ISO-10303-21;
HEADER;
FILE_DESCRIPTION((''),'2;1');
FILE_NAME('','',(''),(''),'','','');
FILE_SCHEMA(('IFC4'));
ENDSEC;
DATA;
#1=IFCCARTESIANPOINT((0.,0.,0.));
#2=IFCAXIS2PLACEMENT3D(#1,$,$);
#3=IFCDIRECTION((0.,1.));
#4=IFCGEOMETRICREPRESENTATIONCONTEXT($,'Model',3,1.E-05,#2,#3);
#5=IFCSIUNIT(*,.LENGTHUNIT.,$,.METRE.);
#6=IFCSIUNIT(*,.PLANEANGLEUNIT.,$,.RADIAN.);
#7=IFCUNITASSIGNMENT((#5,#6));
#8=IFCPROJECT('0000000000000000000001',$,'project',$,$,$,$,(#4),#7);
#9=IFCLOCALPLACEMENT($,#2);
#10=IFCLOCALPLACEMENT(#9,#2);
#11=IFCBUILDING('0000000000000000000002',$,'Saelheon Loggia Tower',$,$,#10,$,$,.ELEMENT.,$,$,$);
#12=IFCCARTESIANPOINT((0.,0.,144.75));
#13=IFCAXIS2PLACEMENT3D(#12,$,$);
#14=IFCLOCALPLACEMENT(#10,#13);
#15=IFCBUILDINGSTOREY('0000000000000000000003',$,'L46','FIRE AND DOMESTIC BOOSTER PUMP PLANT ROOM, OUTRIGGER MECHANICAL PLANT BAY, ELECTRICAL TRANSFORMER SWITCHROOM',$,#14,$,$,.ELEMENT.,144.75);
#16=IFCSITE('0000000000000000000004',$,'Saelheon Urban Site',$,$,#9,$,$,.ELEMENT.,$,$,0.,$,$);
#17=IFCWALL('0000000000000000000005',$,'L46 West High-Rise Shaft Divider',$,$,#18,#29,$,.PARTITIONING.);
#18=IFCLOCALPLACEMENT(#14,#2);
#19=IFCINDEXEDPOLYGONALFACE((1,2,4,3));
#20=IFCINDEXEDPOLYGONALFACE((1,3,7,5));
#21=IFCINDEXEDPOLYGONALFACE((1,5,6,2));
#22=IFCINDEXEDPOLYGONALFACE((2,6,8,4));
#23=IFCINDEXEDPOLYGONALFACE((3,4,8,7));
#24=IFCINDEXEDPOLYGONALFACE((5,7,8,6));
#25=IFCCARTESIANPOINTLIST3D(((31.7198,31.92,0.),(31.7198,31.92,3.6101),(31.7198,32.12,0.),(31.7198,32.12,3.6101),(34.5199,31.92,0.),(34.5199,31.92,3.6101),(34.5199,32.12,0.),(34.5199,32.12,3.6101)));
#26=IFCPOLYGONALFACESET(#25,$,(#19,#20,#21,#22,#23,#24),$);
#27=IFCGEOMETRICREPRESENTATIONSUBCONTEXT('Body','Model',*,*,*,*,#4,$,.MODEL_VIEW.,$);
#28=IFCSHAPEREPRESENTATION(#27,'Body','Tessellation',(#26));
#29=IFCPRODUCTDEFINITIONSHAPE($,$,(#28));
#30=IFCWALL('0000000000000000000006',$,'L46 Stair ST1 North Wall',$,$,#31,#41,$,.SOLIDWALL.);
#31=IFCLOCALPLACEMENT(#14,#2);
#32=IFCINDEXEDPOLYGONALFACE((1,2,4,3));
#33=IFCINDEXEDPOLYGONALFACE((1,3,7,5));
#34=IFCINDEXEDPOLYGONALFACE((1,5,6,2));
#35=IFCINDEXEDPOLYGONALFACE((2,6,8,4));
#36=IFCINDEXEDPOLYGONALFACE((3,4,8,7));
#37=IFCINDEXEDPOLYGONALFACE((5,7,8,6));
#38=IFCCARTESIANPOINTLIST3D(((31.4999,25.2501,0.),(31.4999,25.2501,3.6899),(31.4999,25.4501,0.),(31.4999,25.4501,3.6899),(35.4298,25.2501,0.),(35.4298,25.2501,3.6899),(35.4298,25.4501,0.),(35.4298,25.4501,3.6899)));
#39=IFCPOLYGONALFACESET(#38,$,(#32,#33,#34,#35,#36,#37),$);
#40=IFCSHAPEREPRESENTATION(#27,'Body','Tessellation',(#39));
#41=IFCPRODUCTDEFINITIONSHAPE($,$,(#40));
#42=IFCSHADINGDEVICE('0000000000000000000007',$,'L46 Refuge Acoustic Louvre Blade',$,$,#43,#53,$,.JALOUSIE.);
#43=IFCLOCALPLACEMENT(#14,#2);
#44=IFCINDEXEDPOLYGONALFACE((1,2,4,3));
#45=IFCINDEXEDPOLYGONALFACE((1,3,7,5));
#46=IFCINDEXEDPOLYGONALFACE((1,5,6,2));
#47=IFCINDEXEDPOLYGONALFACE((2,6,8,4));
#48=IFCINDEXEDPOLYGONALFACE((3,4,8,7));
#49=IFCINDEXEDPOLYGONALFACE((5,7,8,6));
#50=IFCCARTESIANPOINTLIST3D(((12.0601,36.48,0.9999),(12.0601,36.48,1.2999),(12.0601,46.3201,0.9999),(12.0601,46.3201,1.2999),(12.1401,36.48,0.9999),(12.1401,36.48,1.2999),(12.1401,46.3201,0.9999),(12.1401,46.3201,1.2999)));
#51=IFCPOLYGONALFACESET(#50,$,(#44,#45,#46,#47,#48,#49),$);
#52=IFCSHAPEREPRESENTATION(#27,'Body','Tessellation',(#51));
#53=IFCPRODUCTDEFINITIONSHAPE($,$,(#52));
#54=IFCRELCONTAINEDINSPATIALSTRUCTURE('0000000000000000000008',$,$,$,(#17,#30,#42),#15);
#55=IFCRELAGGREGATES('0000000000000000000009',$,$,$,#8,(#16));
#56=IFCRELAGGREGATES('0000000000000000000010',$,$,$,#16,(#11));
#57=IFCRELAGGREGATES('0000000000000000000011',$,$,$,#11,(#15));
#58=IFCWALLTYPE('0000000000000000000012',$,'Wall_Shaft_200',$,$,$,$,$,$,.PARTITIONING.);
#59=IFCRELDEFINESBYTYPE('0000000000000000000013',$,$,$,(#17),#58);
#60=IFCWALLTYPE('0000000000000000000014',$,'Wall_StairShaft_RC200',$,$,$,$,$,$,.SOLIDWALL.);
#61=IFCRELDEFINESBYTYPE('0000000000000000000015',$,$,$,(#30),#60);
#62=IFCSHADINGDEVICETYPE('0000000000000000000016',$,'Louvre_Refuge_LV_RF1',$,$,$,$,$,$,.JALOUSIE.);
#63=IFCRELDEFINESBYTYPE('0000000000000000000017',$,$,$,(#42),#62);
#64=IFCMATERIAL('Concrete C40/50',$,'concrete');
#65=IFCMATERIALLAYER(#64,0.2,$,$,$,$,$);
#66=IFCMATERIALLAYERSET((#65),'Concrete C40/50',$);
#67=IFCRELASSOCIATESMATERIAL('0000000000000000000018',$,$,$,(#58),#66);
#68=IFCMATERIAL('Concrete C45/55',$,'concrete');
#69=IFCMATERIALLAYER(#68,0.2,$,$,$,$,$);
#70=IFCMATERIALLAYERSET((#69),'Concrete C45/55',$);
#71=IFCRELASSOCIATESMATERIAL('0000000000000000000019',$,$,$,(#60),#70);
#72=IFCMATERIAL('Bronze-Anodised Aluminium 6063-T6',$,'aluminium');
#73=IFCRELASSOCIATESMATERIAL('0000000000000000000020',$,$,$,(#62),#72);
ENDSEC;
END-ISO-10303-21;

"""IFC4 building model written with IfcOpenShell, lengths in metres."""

from ifc_helpers import new_model, si_unit, direction, frame, frame_2d, origin, origin_2d, place, context, subcontext, project, spatial, rectangle, extrude, source, transform, mapped, material, layer, layer_set, material_profile, profile_set, type_object, element, save


model = new_model("IFC4")

# Units and contexts
model_context = context("Model", 3, precision=1e-05, world=origin(), true_north=direction((0.0, 1.0)))
body_context = subcontext(model_context, "Body", "Model", "MODEL_VIEW")
ifc_project = project(units=[si_unit("LENGTHUNIT", "METRE"), si_unit("PLANEANGLEUNIT", "RADIAN")], contexts=[model_context])

# Site, building, storey
site_placement = place(None, origin())
site = spatial("IfcSite", under=ifc_project, at=site_placement, Name="Saelheon Urban Site", CompositionType="ELEMENT", RefElevation=0.0)
building_placement = place(site_placement, origin())
building = spatial("IfcBuilding", under=site, at=building_placement, Name="Saelheon Loggia Tower", CompositionType="ELEMENT")
storey_placement = place(building_placement, frame((0.0, 0.0, 144.75)))
storey = spatial("IfcBuildingStorey", under=building, at=storey_placement, Name="L46", Description="FIRE AND DOMESTIC BOOSTER PUMP PLANT ROOM, OUTRIGGER MECHANICAL PLANT BAY, ELECTRICAL TRANSFORMER SWITCHROOM", CompositionType="ELEMENT", Elevation=144.75)

# Walls
ifc_material_1 = material(Name="Concrete C40/50", Category="concrete")
ifc_layer_1 = layer(ifc_material_1, 0.2)
ifc_layer_set_1 = layer_set([ifc_layer_1], Name="Concrete C40/50")
wall_type_1 = type_object("IfcWallType", Name="Wall_Shaft_200", PredefinedType="PARTITIONING", material=ifc_layer_set_1)
wall_1_placement = place(storey_placement, frame((31.72, 32.02, 0.0), z_axis=(0.0, 0.0, 1.0), x_axis=(1.0, 0.0, 0.0)))
element("IfcWall", 1, at=wall_1_placement, inside=storey, type_object=wall_type_1, Name="L46 West High-Rise Shaft Divider", PredefinedType="PARTITIONING", context=body_context, shape_type="SweptSolid", body=[
    extrude(rectangle(XDim=2.8, YDim=0.2, at=frame_2d((1.3999, 0.0))), origin(), (0.0, 0.0, 1.0), 3.6101),
])
ifc_material_2 = material(Name="Concrete C45/55", Category="concrete")
ifc_layer_2 = layer(ifc_material_2, 0.2)
ifc_layer_set_2 = layer_set([ifc_layer_2], Name="Concrete C45/55")
wall_type_2 = type_object("IfcWallType", Name="Wall_StairShaft_RC200", PredefinedType="SOLIDWALL", material=ifc_layer_set_2)
wall_2_placement = place(storey_placement, frame((31.5, 25.3501, 0.0), z_axis=(0.0, 0.0, 1.0), x_axis=(1.0, 0.0, 0.0)))
element("IfcWall", 2, at=wall_2_placement, inside=storey, type_object=wall_type_2, Name="L46 Stair ST1 North Wall", PredefinedType="SOLIDWALL", context=body_context, shape_type="SweptSolid", body=[
    extrude(rectangle(XDim=3.9299, YDim=0.2, at=frame_2d((1.9648, 0.0))), origin(), (0.0, 0.0, 1.0), 3.6899),
])

# Shading device
ifc_material_3 = material(Name="Bronze-Anodised Aluminium 6063-T6", Category="aluminium")
ifc_material_profile_1 = material_profile(ifc_material_3, rectangle(XDim=0.0801, YDim=0.3, at=origin_2d()), Name="Louvre_Refuge_LV_RF1")
ifc_profile_set_1 = profile_set([ifc_material_profile_1], Name="Bronze-Anodised Aluminium 6063-T6")
shading_device_type = type_object("IfcShadingDeviceType", Name="Louvre_Refuge_LV_RF1", PredefinedType="JALOUSIE", material=ifc_profile_set_1)
shared_shape_1 = source(origin(), body_context, "Body", "SweptSolid", [
    extrude(rectangle(XDim=0.0801, YDim=0.3, at=origin_2d()), origin(), (0.0, 0.0, 1.0), 9.8401),
])
shading_device_placement = place(storey_placement, frame((12.1001, 36.48, 1.1499), z_axis=(0.0, 1.0, 0.0), x_axis=(-1.0, 0.0, 0.0)))
element("IfcShadingDevice", 3, at=shading_device_placement, inside=storey, type_object=shading_device_type, Name="L46 Refuge Acoustic Louvre Blade", PredefinedType="JALOUSIE", context=body_context, shape_type="MappedRepresentation", body=[
    mapped(shared_shape_1, transform((0.0, 0.0, 0.0), scale=1.0)),
])

save(model, "model.ifc")
